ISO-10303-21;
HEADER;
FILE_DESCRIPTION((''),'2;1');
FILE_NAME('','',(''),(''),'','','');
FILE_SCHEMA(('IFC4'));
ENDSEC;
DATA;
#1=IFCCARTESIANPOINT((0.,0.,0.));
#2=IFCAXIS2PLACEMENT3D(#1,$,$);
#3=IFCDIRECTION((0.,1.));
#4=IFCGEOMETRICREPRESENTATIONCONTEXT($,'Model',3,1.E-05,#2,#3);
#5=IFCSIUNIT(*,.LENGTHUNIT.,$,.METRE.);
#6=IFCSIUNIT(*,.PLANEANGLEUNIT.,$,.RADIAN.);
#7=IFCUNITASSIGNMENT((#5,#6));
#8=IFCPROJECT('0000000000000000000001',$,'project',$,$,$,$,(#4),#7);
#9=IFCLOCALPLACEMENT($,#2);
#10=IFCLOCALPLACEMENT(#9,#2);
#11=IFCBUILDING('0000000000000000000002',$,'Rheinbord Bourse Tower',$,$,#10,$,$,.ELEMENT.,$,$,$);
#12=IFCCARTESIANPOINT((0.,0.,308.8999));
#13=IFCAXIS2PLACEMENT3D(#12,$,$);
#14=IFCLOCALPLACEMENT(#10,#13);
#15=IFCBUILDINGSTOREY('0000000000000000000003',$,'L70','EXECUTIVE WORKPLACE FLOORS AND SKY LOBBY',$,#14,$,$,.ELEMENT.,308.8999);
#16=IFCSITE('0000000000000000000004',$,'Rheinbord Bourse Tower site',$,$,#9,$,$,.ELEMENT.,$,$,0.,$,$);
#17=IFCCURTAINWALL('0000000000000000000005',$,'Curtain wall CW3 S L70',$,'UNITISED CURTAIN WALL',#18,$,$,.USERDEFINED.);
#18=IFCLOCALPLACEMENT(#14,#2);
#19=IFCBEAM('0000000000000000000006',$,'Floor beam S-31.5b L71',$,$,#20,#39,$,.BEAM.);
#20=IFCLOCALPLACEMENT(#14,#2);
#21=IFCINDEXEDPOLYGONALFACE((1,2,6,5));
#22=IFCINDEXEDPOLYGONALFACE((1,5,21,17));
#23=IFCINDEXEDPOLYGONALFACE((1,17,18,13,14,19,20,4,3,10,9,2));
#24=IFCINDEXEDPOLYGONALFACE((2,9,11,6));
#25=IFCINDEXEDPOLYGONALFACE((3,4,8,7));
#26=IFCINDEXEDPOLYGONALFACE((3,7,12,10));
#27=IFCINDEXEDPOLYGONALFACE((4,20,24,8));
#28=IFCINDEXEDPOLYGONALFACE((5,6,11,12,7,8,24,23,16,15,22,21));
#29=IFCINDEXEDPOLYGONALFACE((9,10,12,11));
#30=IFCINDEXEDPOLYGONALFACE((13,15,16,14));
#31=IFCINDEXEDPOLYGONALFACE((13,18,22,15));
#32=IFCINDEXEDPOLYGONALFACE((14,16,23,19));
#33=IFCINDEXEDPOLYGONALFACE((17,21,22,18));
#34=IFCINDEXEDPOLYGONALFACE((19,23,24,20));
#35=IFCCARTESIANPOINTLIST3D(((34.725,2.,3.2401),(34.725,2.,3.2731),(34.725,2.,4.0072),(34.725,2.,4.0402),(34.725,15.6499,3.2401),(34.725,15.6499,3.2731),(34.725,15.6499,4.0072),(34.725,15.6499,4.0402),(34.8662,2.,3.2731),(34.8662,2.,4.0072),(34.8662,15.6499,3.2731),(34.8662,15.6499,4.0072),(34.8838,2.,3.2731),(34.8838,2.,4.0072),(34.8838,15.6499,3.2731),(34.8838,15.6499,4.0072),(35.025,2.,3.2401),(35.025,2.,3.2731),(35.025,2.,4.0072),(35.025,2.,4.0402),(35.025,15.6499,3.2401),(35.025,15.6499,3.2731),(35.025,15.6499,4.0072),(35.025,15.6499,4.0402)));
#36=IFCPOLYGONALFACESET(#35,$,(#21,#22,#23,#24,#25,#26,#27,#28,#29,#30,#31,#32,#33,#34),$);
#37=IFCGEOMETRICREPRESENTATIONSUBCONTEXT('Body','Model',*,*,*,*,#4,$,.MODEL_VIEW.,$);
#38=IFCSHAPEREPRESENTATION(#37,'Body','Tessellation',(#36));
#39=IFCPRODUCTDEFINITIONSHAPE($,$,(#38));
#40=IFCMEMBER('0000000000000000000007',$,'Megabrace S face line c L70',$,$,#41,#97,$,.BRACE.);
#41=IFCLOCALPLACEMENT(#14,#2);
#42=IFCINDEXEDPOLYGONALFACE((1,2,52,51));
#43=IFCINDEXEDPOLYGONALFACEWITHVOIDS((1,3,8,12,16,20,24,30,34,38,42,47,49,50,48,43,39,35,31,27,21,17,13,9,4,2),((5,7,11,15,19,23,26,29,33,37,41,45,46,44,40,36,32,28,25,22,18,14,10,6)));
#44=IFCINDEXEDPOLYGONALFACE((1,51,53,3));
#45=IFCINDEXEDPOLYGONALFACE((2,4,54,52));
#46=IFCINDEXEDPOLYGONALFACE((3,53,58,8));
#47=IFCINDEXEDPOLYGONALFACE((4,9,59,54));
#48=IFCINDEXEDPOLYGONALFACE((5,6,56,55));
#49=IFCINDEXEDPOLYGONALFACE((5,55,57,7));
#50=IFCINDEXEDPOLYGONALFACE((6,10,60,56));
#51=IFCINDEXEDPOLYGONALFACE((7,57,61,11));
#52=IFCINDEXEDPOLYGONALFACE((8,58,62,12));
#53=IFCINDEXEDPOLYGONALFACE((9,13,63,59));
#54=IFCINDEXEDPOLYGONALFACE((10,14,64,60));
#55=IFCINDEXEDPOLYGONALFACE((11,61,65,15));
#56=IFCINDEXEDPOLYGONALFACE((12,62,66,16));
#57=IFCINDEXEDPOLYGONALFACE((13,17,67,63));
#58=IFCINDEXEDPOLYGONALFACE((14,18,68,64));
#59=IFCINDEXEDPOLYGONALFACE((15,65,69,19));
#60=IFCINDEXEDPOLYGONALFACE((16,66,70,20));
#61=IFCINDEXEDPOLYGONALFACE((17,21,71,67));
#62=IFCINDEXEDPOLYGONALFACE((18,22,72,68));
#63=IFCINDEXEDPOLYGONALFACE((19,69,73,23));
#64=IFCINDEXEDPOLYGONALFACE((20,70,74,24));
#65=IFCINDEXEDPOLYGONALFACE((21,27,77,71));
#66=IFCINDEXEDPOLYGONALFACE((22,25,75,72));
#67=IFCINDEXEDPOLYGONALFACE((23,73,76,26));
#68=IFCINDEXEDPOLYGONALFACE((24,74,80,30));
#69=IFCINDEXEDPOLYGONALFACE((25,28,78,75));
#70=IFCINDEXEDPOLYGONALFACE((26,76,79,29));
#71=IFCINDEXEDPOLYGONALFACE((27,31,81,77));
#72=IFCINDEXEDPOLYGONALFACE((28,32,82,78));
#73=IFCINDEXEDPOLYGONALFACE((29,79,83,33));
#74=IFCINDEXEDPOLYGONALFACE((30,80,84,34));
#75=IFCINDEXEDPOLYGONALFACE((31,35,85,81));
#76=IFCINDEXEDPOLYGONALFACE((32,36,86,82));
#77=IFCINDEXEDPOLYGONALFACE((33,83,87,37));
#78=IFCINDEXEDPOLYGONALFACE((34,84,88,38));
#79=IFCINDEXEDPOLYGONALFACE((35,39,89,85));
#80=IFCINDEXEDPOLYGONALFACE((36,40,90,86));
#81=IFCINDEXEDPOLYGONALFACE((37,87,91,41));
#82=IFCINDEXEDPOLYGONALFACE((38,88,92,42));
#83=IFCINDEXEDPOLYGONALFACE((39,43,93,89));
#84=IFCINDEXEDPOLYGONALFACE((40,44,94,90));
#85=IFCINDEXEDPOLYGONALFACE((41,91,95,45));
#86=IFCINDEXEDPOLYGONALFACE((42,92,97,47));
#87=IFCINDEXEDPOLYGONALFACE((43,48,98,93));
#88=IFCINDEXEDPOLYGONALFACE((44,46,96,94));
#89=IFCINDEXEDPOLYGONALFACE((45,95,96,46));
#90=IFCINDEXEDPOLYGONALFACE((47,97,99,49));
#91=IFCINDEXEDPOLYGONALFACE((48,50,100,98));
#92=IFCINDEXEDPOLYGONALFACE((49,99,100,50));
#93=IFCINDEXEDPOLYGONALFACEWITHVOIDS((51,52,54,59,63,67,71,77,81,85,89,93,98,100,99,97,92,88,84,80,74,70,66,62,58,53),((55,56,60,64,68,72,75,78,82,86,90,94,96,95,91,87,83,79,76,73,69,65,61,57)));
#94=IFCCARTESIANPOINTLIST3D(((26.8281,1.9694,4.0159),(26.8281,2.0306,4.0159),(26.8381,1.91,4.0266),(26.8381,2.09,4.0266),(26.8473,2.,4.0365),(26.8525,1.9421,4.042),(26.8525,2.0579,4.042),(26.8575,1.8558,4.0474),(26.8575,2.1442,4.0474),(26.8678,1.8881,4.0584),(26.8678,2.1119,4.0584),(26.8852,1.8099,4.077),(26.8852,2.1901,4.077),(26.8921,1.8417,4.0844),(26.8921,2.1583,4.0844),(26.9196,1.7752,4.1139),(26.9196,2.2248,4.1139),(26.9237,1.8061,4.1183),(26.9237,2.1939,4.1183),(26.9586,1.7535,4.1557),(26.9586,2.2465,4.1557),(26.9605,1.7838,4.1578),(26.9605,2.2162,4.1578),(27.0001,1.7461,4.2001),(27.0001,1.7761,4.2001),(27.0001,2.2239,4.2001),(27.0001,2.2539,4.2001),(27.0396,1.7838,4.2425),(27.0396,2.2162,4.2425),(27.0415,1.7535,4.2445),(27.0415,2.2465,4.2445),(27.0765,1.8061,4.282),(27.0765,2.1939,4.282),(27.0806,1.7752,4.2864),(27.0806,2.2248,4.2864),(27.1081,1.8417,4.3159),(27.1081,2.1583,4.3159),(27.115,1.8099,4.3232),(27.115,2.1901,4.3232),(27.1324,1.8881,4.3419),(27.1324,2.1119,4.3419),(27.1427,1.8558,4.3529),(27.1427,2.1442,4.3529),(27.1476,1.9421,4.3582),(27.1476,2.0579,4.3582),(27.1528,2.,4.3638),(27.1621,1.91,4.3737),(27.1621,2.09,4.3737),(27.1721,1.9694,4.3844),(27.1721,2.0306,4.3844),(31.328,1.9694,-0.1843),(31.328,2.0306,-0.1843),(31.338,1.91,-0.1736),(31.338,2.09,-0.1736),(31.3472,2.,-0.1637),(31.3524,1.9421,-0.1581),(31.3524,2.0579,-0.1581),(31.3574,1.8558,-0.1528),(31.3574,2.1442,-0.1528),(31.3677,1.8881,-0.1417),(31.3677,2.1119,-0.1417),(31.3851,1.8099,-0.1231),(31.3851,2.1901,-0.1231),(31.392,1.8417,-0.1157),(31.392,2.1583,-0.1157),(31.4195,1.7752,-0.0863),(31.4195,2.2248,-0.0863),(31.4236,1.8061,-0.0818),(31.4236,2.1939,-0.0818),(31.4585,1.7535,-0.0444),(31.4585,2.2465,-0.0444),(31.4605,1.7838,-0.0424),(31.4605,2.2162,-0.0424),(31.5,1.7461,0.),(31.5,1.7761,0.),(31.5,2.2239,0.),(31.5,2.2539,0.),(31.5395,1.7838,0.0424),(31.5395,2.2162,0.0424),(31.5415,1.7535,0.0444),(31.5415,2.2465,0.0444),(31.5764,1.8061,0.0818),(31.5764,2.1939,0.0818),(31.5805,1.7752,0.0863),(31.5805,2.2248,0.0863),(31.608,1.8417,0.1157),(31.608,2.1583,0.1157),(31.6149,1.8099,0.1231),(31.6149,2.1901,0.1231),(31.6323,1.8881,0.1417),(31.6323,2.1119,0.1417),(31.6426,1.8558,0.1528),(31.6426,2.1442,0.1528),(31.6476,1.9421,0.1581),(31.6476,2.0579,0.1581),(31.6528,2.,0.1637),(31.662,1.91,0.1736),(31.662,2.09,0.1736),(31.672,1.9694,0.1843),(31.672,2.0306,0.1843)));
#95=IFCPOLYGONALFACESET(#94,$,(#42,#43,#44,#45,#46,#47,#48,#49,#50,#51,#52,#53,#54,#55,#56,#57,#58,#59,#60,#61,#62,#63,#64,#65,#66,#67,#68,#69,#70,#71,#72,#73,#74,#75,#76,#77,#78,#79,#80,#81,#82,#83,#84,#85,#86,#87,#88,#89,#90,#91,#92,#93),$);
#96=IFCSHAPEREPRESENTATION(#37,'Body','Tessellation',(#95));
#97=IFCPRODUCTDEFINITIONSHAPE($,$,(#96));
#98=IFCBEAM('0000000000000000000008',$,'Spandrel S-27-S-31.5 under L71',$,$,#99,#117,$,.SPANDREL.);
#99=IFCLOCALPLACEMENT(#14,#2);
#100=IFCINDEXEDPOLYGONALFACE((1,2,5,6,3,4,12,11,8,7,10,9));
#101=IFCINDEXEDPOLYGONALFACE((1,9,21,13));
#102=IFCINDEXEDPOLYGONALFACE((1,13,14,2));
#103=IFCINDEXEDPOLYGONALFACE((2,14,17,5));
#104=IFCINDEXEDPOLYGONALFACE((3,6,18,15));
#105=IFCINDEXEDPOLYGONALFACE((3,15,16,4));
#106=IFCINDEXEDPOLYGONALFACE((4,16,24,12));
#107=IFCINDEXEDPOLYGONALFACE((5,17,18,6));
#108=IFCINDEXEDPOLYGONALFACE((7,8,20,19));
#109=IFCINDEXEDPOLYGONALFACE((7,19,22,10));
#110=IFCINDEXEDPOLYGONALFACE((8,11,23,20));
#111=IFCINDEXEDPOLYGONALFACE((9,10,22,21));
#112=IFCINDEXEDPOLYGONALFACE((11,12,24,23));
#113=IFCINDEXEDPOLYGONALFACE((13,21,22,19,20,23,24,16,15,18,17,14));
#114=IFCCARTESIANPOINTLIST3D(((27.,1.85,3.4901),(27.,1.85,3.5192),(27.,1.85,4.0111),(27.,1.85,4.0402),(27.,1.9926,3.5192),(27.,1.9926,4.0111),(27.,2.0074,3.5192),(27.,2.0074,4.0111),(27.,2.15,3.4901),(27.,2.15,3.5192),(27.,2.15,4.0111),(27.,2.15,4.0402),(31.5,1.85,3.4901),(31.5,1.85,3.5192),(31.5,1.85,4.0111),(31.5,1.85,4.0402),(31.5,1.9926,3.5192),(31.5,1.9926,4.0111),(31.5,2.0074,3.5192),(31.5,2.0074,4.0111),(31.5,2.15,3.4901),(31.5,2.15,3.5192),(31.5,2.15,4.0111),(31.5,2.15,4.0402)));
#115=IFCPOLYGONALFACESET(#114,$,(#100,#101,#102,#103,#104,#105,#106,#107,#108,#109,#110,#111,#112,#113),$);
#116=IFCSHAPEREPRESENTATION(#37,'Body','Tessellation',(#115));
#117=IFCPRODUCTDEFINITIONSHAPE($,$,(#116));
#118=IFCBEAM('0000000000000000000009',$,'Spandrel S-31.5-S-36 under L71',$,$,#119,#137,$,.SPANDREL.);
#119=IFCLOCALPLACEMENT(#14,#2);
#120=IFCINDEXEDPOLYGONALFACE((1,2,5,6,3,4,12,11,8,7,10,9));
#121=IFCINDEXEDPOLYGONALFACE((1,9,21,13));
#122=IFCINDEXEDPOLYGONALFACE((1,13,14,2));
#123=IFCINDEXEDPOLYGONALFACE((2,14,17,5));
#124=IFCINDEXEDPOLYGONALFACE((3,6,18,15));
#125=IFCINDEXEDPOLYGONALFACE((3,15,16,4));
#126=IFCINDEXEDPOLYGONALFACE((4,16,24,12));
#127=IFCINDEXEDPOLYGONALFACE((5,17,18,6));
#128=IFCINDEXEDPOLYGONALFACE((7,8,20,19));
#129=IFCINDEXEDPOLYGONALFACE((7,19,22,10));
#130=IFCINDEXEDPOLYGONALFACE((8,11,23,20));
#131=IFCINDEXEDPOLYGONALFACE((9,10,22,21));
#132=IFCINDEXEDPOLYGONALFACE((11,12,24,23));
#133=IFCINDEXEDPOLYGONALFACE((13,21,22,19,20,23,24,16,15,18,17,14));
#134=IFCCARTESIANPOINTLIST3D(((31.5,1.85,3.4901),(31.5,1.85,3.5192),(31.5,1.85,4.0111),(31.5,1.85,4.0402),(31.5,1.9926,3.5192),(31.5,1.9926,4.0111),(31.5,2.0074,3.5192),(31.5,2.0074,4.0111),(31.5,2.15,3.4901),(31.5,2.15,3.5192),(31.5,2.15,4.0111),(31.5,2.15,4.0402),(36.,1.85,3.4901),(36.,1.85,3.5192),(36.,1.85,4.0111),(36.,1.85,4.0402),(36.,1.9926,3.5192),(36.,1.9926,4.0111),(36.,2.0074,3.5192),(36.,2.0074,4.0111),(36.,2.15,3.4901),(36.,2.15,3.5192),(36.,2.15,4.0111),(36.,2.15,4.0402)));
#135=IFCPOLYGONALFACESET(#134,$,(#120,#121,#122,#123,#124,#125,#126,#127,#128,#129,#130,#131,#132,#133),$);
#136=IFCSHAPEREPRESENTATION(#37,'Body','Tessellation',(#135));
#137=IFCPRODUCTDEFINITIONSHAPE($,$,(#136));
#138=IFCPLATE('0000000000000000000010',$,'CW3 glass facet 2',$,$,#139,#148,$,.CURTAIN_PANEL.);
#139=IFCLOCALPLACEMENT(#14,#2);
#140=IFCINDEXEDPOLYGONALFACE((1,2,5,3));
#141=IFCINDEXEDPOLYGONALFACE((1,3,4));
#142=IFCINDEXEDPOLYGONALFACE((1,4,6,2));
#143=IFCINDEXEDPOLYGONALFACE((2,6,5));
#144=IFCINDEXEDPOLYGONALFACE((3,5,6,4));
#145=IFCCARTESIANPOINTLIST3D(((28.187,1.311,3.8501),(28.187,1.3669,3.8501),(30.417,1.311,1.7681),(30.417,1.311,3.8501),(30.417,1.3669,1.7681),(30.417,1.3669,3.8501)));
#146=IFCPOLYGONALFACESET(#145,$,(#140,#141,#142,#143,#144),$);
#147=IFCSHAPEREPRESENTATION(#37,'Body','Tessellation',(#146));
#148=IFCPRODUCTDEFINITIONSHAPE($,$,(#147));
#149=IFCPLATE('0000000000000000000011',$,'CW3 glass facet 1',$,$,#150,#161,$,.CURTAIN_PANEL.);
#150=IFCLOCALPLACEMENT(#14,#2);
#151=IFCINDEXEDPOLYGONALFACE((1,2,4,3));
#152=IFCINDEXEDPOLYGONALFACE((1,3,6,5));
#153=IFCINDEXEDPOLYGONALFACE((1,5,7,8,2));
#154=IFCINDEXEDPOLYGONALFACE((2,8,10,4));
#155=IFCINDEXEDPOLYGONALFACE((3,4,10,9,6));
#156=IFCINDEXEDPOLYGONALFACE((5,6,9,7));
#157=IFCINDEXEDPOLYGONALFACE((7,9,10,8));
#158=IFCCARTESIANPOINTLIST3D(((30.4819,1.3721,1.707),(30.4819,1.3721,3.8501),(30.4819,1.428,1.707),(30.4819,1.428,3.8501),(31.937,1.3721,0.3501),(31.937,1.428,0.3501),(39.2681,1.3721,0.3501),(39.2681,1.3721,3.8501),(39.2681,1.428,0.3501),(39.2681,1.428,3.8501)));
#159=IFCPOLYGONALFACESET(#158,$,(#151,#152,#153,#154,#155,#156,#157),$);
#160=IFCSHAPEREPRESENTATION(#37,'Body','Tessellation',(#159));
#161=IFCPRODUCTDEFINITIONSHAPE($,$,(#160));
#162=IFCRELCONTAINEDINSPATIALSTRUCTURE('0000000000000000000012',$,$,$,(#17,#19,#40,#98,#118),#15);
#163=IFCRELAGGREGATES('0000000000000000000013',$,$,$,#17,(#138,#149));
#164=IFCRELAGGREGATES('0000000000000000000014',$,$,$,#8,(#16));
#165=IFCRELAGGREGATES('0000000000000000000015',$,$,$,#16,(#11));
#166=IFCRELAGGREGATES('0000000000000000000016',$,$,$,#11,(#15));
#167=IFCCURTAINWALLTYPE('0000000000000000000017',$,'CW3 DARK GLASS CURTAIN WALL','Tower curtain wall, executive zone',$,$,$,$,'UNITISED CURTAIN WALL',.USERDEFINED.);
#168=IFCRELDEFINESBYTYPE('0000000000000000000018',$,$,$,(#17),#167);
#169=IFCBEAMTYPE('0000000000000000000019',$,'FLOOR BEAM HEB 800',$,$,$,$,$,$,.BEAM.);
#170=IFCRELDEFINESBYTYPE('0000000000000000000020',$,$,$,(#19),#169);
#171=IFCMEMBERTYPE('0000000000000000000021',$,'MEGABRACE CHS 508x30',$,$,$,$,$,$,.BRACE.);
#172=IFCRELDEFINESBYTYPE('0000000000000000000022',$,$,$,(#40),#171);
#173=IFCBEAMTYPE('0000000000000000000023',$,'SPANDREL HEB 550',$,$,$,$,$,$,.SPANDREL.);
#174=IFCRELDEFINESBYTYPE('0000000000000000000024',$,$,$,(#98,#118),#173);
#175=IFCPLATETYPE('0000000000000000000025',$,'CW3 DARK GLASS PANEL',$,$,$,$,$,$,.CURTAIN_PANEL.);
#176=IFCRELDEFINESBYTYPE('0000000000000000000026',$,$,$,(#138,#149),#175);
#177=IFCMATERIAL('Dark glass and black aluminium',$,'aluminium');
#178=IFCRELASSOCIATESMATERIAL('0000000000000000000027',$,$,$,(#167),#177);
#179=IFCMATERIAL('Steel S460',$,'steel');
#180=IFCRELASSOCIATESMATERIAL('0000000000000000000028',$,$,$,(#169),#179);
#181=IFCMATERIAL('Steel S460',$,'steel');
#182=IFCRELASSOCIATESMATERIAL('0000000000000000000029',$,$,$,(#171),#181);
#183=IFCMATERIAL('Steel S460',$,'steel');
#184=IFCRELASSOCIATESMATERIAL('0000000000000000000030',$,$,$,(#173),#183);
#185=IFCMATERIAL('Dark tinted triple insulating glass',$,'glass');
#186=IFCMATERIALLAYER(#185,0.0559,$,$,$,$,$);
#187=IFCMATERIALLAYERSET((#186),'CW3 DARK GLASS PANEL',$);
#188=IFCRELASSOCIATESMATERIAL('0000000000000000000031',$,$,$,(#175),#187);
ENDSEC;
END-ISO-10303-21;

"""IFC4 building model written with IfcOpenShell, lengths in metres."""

from ifc_helpers import new_model, si_unit, direction, frame, origin, origin_2d, place, context, subcontext, project, spatial, polyline, hollow_circle, i_section, outline, extrude, material, layer, layer_set, material_profile, profile_set, type_object, element, aggregate, save


model = new_model("IFC4")

# Units and contexts
model_context = context("Model", 3, precision=1e-05, world=origin(), true_north=direction((0.0, 1.0)))
body_context = subcontext(model_context, "Body", "Model", "MODEL_VIEW")
ifc_project = project(units=[si_unit("LENGTHUNIT", "METRE"), si_unit("PLANEANGLEUNIT", "RADIAN")], contexts=[model_context])

# Site, building, storey
site_placement = place(None, origin())
site = spatial("IfcSite", under=ifc_project, at=site_placement, Name="Rheinbord Bourse Tower site", CompositionType="ELEMENT", RefElevation=0.0)
building_placement = place(site_placement, origin())
building = spatial("IfcBuilding", under=site, at=building_placement, Name="Rheinbord Bourse Tower", CompositionType="ELEMENT")
storey_placement = place(building_placement, frame((0.0, 0.0, 308.8999)))
storey = spatial("IfcBuildingStorey", under=building, at=storey_placement, Name="L70", Description="EXECUTIVE WORKPLACE FLOORS AND SKY LOBBY", CompositionType="ELEMENT", Elevation=308.8999)

# Curtain wall
ifc_material_1 = material(Name="Dark glass and black aluminium", Category="aluminium")
curtain_wall_type = type_object("IfcCurtainWallType", Name="CW3 DARK GLASS CURTAIN WALL", Description="Tower curtain wall, executive zone", ElementType="UNITISED CURTAIN WALL", PredefinedType="USERDEFINED", material=ifc_material_1)
curtain_wall_placement = place(storey_placement, origin())
curtain_wall = element("IfcCurtainWall", 1, at=curtain_wall_placement, inside=storey, type_object=curtain_wall_type, Name="Curtain wall CW3 S L70", ObjectType="UNITISED CURTAIN WALL", PredefinedType="USERDEFINED")

# Beam
ifc_material_2 = material(Name="Steel S460", Category="steel")
ifc_material_profile_1 = material_profile(ifc_material_2, i_section(OverallWidth=0.3, OverallDepth=0.8, WebThickness=0.0176, FlangeThickness=0.033, at=origin_2d()), Name="HEB 800")
ifc_profile_set_1 = profile_set([ifc_material_profile_1], Name="Steel S460")
beam_type_1 = type_object("IfcBeamType", Name="FLOOR BEAM HEB 800", PredefinedType="BEAM", material=ifc_profile_set_1)
for number, where, z_axis, x_axis, name in (
    (2, (34.875, 2.0, 3.6401), (0.0, 1.0, 0.0), (-1.0, 0.0, 0.0), "Floor beam S-31.5b L71"),
):
    element("IfcBeam", number, at=place(storey_placement, frame(where, z_axis=z_axis, x_axis=x_axis)), inside=storey, type_object=beam_type_1, Name=name, PredefinedType="BEAM", context=body_context, shape_type="SweptSolid", body=[
        extrude(i_section(OverallWidth=0.3, OverallDepth=0.8, WebThickness=0.0176, FlangeThickness=0.033, at=origin_2d()), origin(), (0.0, 0.0, 1.0), 13.6499),
    ])

# Member
ifc_material_3 = material(Name="Steel S460", Category="steel")
ifc_material_profile_2 = material_profile(ifc_material_3, hollow_circle(Radius=0.2539, WallThickness=0.03, at=origin_2d()), Name="CHS 508x30")
ifc_profile_set_2 = profile_set([ifc_material_profile_2], Name="Steel S460")
member_type_1 = type_object("IfcMemberType", Name="MEGABRACE CHS 508x30", PredefinedType="BRACE", material=ifc_profile_set_2)
member_1_placement = place(storey_placement, frame((31.5, 2.0, 0.0), z_axis=(-0.731039, 0.0, 0.682335), x_axis=(0.0, -1.0, 0.0)))
element("IfcMember", 3, at=member_1_placement, inside=storey, type_object=member_type_1, Name="Megabrace S face line c L70", PredefinedType="BRACE", context=body_context, shape_type="SweptSolid", body=[
    extrude(hollow_circle(Radius=0.2539, WallThickness=0.03, at=origin_2d()), origin(), (0.0, 0.0, 1.0), 6.1555),
])

# Beams
ifc_material_4 = material(Name="Steel S460", Category="steel")
ifc_material_profile_3 = material_profile(ifc_material_4, i_section(OverallWidth=0.3, OverallDepth=0.55, WebThickness=0.0149, FlangeThickness=0.0291, at=origin_2d()), Name="HEB 550")
ifc_profile_set_3 = profile_set([ifc_material_profile_3], Name="Steel S460")
beam_type_2 = type_object("IfcBeamType", Name="SPANDREL HEB 550", PredefinedType="SPANDREL", material=ifc_profile_set_3)
for number, where, z_axis, x_axis, name in (
    (4, (27.0, 2.0, 3.7651), (1.0, 0.0, 0.0), (0.0, 1.0, 0.0), "Spandrel S-27-S-31.5 under L71"),
    (5, (31.5, 2.0, 3.7651), (1.0, 0.0, 0.0), (0.0, 1.0, 0.0), "Spandrel S-31.5-S-36 under L71"),
):
    element("IfcBeam", number, at=place(storey_placement, frame(where, z_axis=z_axis, x_axis=x_axis)), inside=storey, type_object=beam_type_2, Name=name, PredefinedType="SPANDREL", context=body_context, shape_type="SweptSolid", body=[
        extrude(i_section(OverallWidth=0.3, OverallDepth=0.55, WebThickness=0.0149, FlangeThickness=0.0291, at=origin_2d()), origin(), (0.0, 0.0, 1.0), 4.5),
    ])

# Plates
ifc_material_5 = material(Name="Dark tinted triple insulating glass", Category="glass")
ifc_layer_1 = layer(ifc_material_5, 0.0559)
ifc_layer_set_1 = layer_set([ifc_layer_1], Name="CW3 DARK GLASS PANEL")
plate_type = type_object("IfcPlateType", Name="CW3 DARK GLASS PANEL", PredefinedType="CURTAIN_PANEL", material=ifc_layer_set_1)
plate_1_placement = place(storey_placement, frame((30.417, 1.311, 3.8501), z_axis=(0.0, 1.0, 0.0), x_axis=(0.0, 0.0, -1.0)))
plate_1 = element("IfcPlate", 6, at=plate_1_placement, type_object=plate_type, Name="CW3 glass facet 2", PredefinedType="CURTAIN_PANEL", context=body_context, shape_type="SweptSolid", body=[
    extrude(outline(polyline([(0.0, 0.0), (2.082, 0.0), (0.0, 2.23), (0.0, 0.0)])), origin(), (0.0, 0.0, 1.0), 0.0559),
])
plate_2_placement = place(storey_placement, frame((30.4819, 1.3721, 3.8501), z_axis=(0.0, 1.0, 0.0), x_axis=(1.0, 0.0, 0.0)))
plate_2 = element("IfcPlate", 7, at=plate_2_placement, type_object=plate_type, Name="CW3 glass facet 1", PredefinedType="CURTAIN_PANEL", context=body_context, shape_type="SweptSolid", body=[
    extrude(outline(polyline([(0.0, 0.0), (8.7861, 0.0), (8.7861, 3.5), (1.4551, 3.5), (0.0, 2.1431), (0.0, 0.0)])), origin(), (0.0, 0.0, 1.0), 0.0559),
])
aggregate(curtain_wall, [plate_1, plate_2])

save(model, "model.ifc")
